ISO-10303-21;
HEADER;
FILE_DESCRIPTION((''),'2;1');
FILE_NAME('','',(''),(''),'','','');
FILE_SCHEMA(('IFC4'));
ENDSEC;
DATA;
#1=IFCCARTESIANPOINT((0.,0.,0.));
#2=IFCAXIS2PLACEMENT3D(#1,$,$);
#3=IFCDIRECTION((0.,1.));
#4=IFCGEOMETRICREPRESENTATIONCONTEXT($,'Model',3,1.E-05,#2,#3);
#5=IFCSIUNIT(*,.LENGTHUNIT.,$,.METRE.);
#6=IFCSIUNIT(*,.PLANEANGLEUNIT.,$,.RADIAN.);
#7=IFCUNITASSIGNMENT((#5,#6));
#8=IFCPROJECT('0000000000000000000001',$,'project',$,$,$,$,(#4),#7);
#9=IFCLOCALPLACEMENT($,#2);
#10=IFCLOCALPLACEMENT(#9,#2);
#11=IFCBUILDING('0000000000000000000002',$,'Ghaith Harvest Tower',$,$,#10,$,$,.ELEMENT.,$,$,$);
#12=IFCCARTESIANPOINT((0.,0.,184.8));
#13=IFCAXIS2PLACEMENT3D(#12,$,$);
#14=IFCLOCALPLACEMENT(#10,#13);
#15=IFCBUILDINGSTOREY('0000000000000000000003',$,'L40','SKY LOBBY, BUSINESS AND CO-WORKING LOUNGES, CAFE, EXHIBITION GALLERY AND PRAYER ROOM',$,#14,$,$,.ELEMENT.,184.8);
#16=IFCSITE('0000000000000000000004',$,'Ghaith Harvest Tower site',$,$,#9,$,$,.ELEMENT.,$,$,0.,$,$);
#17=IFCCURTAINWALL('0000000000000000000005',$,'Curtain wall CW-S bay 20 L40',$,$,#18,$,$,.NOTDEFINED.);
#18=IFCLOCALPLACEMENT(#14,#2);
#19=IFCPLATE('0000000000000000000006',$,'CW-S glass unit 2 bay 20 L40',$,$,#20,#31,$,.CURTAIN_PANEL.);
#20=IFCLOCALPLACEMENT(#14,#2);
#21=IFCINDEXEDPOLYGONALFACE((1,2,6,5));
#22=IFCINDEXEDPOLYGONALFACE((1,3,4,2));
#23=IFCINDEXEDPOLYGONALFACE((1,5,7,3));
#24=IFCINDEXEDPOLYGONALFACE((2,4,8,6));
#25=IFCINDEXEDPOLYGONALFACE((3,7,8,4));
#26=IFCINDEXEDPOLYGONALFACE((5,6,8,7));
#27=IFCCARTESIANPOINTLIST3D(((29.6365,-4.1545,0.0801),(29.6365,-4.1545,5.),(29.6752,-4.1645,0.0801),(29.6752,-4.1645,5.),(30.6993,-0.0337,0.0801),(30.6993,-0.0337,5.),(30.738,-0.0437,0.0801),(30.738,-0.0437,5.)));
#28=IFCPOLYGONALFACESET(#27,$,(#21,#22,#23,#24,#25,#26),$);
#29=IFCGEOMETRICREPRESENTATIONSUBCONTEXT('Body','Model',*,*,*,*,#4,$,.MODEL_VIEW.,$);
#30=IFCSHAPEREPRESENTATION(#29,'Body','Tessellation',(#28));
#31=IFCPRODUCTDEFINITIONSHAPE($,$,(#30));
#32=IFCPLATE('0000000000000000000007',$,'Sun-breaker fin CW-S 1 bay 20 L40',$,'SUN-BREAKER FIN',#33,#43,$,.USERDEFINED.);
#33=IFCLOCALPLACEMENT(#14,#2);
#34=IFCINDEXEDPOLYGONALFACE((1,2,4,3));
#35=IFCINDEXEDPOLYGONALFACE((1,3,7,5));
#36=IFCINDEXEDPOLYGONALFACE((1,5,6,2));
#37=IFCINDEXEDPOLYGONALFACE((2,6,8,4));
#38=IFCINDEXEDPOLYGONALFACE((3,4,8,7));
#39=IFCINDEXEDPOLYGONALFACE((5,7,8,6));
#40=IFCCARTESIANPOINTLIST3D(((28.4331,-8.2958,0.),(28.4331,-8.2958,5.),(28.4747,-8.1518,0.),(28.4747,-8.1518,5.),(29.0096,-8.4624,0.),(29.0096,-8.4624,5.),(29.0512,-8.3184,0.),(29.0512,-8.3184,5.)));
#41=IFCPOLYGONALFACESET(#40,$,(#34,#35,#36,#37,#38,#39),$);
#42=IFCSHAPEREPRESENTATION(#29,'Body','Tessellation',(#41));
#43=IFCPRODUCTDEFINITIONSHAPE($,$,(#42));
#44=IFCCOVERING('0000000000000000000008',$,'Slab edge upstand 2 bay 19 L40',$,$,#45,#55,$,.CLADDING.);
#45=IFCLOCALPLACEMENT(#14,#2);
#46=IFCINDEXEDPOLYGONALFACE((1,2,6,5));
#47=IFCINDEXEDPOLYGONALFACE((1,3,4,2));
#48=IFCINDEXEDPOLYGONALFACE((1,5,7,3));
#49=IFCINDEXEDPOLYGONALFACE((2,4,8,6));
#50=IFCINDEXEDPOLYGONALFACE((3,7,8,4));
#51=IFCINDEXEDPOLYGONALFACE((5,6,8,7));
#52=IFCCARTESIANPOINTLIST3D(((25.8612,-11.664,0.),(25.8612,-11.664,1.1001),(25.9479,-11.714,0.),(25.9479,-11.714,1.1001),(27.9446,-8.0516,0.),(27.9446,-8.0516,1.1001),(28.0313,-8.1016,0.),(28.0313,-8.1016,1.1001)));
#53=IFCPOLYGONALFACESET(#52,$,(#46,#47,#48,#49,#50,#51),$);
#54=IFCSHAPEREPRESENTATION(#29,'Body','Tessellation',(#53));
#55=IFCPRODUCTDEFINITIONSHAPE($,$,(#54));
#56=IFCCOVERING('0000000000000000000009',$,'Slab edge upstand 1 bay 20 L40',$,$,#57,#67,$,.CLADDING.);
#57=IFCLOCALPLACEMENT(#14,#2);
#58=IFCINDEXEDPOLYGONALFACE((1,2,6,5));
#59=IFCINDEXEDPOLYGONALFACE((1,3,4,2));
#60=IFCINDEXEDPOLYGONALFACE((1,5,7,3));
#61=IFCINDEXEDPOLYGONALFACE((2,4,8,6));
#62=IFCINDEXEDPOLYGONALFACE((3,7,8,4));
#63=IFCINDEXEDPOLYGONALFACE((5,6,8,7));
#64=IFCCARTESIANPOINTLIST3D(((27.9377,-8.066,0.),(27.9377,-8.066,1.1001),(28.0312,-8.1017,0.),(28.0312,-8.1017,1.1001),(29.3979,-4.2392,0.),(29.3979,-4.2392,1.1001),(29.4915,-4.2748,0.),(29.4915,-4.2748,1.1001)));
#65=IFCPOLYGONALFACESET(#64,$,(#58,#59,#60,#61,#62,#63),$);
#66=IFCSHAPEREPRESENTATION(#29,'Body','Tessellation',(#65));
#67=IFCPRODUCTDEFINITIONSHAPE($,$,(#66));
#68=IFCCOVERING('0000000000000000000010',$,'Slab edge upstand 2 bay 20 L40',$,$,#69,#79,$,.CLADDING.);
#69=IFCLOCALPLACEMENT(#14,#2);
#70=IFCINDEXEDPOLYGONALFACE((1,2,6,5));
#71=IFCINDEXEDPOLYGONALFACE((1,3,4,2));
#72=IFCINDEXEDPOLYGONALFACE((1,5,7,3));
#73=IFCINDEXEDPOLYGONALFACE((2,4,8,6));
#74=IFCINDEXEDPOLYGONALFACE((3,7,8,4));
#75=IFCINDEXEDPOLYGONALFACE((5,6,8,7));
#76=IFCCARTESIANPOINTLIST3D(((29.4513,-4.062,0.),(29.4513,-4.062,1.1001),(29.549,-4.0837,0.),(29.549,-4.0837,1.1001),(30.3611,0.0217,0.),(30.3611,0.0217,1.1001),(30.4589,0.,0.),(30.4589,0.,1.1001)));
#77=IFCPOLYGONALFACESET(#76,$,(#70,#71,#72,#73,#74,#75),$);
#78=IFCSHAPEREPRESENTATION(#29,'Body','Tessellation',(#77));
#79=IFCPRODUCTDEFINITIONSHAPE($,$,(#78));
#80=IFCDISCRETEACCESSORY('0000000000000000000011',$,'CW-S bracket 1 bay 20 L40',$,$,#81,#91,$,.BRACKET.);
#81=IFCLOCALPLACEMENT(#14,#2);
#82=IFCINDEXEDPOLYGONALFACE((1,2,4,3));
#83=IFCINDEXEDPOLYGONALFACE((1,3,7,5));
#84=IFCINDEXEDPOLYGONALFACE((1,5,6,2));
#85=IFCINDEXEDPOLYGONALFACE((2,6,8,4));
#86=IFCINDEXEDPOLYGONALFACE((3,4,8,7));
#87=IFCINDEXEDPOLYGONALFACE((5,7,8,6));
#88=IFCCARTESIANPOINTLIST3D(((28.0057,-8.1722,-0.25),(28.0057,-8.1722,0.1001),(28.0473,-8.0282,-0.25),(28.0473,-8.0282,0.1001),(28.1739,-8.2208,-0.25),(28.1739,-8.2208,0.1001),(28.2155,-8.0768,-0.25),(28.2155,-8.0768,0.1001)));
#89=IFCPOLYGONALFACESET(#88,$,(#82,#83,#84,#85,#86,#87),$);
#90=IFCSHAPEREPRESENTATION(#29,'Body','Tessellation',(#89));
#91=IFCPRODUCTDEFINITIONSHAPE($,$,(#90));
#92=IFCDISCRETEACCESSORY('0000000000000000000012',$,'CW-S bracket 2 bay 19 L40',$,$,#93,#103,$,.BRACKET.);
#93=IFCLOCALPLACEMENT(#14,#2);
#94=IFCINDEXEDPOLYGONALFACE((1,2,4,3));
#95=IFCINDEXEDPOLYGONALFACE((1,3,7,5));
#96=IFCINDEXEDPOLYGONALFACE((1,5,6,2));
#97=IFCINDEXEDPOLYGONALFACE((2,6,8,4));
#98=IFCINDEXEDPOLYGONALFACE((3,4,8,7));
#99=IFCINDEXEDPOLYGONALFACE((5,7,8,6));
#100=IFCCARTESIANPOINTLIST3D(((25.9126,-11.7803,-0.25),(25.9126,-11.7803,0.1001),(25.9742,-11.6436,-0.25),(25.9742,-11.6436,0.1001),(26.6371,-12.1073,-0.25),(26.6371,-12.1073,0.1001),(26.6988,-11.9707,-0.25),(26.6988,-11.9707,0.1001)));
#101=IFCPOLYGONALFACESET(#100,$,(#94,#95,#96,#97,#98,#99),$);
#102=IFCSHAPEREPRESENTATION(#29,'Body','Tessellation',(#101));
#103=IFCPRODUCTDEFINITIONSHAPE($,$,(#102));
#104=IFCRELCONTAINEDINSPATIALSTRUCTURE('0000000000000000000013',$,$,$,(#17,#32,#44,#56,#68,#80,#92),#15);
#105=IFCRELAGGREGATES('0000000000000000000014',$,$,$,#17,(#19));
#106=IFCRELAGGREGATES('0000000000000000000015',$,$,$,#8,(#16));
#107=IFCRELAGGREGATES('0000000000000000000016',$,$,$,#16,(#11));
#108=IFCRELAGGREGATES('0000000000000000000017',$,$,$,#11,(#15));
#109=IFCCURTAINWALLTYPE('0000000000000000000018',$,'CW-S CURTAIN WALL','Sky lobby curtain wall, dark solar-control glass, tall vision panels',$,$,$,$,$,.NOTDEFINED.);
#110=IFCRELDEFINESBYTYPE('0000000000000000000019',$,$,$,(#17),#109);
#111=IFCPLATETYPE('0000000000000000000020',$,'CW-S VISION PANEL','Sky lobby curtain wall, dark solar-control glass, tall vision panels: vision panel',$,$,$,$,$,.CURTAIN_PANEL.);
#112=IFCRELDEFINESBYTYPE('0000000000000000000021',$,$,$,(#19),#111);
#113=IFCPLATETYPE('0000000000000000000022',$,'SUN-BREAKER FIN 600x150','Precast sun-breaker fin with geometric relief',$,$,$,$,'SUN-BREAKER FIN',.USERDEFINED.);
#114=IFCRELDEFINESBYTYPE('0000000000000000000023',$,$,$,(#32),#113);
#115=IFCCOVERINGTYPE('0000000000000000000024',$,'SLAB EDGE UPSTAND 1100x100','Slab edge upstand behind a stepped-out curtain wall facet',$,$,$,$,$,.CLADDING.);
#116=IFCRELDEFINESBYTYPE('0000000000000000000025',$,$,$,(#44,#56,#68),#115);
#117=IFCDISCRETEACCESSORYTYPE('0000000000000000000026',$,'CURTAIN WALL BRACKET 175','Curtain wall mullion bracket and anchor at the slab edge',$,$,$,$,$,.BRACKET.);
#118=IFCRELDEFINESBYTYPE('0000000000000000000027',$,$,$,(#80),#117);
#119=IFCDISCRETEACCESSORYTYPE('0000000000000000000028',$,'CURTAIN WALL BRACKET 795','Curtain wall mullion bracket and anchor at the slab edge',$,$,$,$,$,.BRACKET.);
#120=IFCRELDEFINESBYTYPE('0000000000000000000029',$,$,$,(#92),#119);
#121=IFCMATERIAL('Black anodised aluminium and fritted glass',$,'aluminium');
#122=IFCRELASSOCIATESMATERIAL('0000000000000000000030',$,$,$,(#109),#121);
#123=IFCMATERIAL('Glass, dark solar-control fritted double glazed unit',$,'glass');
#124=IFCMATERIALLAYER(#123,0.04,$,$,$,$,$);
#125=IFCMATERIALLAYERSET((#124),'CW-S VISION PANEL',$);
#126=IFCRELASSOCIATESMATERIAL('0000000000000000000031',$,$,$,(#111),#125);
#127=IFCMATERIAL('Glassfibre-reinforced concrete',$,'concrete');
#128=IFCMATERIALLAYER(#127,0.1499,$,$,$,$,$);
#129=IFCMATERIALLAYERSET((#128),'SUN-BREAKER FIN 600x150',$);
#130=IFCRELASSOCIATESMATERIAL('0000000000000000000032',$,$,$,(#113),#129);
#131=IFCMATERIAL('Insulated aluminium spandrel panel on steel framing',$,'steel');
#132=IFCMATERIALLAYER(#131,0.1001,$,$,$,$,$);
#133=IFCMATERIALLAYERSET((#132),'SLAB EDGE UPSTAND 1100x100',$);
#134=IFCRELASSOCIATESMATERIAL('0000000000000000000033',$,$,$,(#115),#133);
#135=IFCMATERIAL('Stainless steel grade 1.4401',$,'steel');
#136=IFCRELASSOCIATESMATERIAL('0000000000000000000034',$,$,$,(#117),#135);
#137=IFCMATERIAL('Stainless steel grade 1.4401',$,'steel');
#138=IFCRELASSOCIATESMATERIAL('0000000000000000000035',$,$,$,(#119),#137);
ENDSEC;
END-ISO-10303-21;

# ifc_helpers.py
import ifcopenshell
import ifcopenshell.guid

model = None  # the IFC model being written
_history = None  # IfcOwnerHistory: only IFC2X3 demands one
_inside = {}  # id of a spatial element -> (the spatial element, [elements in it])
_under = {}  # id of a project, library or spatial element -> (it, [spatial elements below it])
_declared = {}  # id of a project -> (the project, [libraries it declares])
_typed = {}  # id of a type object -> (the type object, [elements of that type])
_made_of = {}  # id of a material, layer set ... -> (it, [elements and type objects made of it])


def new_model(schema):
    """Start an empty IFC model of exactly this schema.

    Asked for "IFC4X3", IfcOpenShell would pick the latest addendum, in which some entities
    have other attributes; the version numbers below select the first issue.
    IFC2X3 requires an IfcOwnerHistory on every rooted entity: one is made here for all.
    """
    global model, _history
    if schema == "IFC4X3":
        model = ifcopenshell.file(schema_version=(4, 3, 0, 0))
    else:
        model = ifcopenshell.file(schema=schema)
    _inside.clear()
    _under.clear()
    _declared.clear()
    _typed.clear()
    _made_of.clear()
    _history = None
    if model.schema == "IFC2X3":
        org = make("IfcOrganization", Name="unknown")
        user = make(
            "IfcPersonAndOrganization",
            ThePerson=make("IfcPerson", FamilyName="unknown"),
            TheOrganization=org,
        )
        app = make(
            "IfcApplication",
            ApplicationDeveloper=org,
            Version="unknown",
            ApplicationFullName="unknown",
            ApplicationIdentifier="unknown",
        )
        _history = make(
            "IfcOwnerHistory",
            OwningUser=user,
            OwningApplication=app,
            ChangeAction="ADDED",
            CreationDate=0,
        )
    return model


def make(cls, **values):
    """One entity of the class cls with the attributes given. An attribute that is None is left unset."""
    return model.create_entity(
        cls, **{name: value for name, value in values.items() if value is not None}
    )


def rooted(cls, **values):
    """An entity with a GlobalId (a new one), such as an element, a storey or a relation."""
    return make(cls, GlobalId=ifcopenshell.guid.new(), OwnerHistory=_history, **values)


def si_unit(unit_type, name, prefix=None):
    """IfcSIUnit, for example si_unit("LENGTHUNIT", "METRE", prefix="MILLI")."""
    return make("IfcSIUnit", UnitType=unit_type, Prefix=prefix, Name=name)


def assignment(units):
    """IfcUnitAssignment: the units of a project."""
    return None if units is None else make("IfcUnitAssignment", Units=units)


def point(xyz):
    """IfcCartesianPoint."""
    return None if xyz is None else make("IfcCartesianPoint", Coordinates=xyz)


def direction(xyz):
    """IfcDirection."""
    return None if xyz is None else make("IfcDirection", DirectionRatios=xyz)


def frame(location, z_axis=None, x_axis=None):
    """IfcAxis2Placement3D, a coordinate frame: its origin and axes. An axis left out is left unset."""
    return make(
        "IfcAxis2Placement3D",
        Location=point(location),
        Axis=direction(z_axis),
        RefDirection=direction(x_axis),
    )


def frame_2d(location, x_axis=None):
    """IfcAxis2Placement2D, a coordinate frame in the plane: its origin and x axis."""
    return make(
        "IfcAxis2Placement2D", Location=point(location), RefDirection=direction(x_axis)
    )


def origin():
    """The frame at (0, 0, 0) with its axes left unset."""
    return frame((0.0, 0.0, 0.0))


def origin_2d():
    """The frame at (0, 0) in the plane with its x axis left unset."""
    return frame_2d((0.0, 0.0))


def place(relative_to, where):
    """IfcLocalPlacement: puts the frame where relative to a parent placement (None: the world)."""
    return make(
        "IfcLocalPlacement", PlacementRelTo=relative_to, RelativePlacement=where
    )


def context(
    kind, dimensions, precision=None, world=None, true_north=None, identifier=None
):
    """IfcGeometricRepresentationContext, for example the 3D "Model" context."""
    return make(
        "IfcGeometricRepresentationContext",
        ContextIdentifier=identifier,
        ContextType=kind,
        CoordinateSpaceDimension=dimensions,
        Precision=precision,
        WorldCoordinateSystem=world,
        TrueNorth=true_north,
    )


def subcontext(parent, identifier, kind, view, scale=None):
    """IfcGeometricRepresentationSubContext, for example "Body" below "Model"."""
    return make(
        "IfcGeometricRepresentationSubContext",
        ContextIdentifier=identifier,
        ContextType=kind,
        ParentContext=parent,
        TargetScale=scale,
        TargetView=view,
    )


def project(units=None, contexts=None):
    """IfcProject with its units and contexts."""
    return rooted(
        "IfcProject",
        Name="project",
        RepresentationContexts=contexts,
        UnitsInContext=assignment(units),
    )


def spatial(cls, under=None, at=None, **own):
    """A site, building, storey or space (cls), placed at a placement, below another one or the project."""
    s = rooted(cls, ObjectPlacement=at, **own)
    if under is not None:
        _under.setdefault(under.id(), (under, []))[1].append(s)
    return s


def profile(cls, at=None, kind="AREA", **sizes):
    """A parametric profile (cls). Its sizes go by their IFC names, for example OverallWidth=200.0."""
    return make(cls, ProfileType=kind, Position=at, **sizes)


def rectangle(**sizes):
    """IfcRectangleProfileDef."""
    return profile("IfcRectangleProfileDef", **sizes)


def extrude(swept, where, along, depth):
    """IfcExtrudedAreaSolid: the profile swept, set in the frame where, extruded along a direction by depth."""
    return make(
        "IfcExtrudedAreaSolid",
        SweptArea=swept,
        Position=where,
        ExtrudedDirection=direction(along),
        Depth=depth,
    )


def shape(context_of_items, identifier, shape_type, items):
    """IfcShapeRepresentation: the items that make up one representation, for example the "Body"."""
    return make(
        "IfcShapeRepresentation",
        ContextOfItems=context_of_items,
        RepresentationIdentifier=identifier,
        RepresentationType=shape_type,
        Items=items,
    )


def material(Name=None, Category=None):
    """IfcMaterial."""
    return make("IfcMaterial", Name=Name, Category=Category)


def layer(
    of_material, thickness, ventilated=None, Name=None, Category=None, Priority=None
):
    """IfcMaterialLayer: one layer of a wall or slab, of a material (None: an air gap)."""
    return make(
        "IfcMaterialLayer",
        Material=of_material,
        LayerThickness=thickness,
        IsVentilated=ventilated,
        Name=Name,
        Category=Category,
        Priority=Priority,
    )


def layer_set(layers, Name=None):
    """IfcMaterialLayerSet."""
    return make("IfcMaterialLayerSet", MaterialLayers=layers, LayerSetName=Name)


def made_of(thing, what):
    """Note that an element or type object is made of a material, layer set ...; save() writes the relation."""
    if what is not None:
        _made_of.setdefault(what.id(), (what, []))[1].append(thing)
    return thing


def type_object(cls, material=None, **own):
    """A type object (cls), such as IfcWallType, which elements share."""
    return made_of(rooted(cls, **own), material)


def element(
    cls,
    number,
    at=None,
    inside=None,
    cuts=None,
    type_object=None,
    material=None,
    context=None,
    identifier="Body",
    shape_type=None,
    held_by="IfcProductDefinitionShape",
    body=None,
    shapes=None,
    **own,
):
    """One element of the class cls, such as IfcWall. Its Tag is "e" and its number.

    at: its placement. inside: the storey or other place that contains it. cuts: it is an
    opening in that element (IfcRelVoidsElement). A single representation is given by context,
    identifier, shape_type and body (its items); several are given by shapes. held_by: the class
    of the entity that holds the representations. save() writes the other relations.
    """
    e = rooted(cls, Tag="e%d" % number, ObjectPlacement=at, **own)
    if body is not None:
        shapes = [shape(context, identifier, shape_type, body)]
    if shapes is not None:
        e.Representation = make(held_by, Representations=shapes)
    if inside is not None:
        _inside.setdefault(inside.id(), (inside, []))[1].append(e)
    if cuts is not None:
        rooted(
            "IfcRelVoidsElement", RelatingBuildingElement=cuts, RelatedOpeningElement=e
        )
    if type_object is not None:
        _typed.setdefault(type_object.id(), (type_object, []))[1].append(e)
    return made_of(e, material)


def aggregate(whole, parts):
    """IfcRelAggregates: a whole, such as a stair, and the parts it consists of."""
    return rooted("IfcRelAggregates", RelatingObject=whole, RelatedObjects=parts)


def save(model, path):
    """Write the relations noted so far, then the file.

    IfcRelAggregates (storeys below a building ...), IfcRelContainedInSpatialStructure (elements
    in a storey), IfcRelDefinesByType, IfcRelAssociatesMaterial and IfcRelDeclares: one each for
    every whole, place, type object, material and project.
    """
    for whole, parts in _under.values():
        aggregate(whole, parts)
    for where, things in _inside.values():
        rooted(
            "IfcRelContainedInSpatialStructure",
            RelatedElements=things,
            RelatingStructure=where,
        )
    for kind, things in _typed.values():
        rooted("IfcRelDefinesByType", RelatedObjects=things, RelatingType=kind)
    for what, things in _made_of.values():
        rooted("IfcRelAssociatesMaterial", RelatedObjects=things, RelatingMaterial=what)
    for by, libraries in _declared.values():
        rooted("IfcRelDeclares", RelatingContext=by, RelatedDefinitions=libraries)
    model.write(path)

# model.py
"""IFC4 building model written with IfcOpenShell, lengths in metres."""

from ifc_helpers import new_model, si_unit, direction, frame, origin, origin_2d, place, context, subcontext, project, spatial, rectangle, extrude, material, layer, layer_set, type_object, element, aggregate, save


model = new_model("IFC4")

# Units and contexts
model_context = context("Model", 3, precision=1e-05, world=origin(), true_north=direction((0.0, 1.0)))
body_context = subcontext(model_context, "Body", "Model", "MODEL_VIEW")
ifc_project = project(units=[si_unit("LENGTHUNIT", "METRE"), si_unit("PLANEANGLEUNIT", "RADIAN")], contexts=[model_context])

# Site, building, storey
site_placement = place(None, origin())
site = spatial("IfcSite", under=ifc_project, at=site_placement, Name="Ghaith Harvest Tower site", CompositionType="ELEMENT", RefElevation=0.0)
building_placement = place(site_placement, origin())
building = spatial("IfcBuilding", under=site, at=building_placement, Name="Ghaith Harvest Tower", CompositionType="ELEMENT")
storey_placement = place(building_placement, frame((0.0, 0.0, 184.8)))
storey = spatial("IfcBuildingStorey", under=building, at=storey_placement, Name="L40", Description="SKY LOBBY, BUSINESS AND CO-WORKING LOUNGES, CAFE, EXHIBITION GALLERY AND PRAYER ROOM", CompositionType="ELEMENT", Elevation=184.8)

# Curtain wall
ifc_material_1 = material(Name="Black anodised aluminium and fritted glass", Category="aluminium")
curtain_wall_type = type_object("IfcCurtainWallType", Name="CW-S CURTAIN WALL", Description="Sky lobby curtain wall, dark solar-control glass, tall vision panels", PredefinedType="NOTDEFINED", material=ifc_material_1)
curtain_wall_1_placement = place(storey_placement, origin())
curtain_wall_1 = element("IfcCurtainWall", 1, at=curtain_wall_1_placement, inside=storey, type_object=curtain_wall_type, Name="Curtain wall CW-S bay 20 L40", PredefinedType="NOTDEFINED")

# Shared definitions
ifc_material_2 = material(Name="Glass, dark solar-control fritted double glazed unit", Category="glass")
ifc_layer_1 = layer(ifc_material_2, 0.04)
ifc_layer_set_1 = layer_set([ifc_layer_1], Name="CW-S VISION PANEL")
plate_type_1 = type_object("IfcPlateType", Name="CW-S VISION PANEL", Description="Sky lobby curtain wall, dark solar-control glass, tall vision panels: vision panel", PredefinedType="CURTAIN_PANEL", material=ifc_layer_set_1)

# Plates
plate_1_placement = place(storey_placement, frame((30.1873, -2.0991, 0.0801), z_axis=(0.0, 0.0, 1.0), x_axis=(0.249744, 0.968312, 0.0)))
plate_1 = element("IfcPlate", 2, at=plate_1_placement, type_object=plate_type_1, Name="CW-S glass unit 2 bay 20 L40", PredefinedType="CURTAIN_PANEL", context=body_context, shape_type="SweptSolid", body=[
    extrude(rectangle(XDim=4.2556, YDim=0.04, at=origin_2d()), origin(), (0.0, 0.0, 1.0), 4.9199),
])
aggregate(curtain_wall_1, [plate_1])
ifc_material_3 = material(Name="Glassfibre-reinforced concrete", Category="concrete")
ifc_layer_2 = layer(ifc_material_3, 0.1499)
ifc_layer_set_2 = layer_set([ifc_layer_2], Name="SUN-BREAKER FIN 600x150")
plate_type_2 = type_object("IfcPlateType", Name="SUN-BREAKER FIN 600x150", Description="Precast sun-breaker fin with geometric relief", ElementType="SUN-BREAKER FIN", PredefinedType="USERDEFINED", material=ifc_layer_set_2)
plate_2_placement = place(storey_placement, frame((28.7422, -8.3071, 0.0), z_axis=(0.0, 0.0, 1.0), x_axis=(0.96068, -0.277657, 0.0)))
element("IfcPlate", 3, at=plate_2_placement, inside=storey, type_object=plate_type_2, Name="Sun-breaker fin CW-S 1 bay 20 L40", ObjectType="SUN-BREAKER FIN", PredefinedType="USERDEFINED", context=body_context, shape_type="SweptSolid", body=[
    extrude(rectangle(XDim=0.6001, YDim=0.1499, at=origin_2d()), origin(), (0.0, 0.0, 1.0), 5.0),
])

# Coverings
ifc_material_4 = material(Name="Insulated aluminium spandrel panel on steel framing", Category="steel")
ifc_layer_3 = layer(ifc_material_4, 0.1001)
ifc_layer_set_3 = layer_set([ifc_layer_3], Name="SLAB EDGE UPSTAND 1100x100")
covering_type = type_object("IfcCoveringType", Name="SLAB EDGE UPSTAND 1100x100", Description="Slab edge upstand behind a stepped-out curtain wall facet", PredefinedType="CLADDING", material=ifc_layer_set_3)
covering_1_placement = place(storey_placement, frame((26.9463, -9.8828, 0.0), z_axis=(0.0, 0.0, 1.0), x_axis=(0.499596, 0.866258, 0.0)))
element("IfcCovering", 4, at=covering_1_placement, inside=storey, type_object=covering_type, Name="Slab edge upstand 2 bay 19 L40", PredefinedType="CLADDING", context=body_context, shape_type="SweptSolid", body=[
    extrude(rectangle(XDim=4.1702, YDim=0.1001, at=origin_2d()), origin(), (0.0, 0.0, 1.0), 1.1001),
])
covering_2_placement = place(storey_placement, frame((28.7146, -6.1704, 0.0), z_axis=(0.0, 0.0, 1.0), x_axis=(0.356504, 0.934294, 0.0)))
element("IfcCovering", 5, at=covering_2_placement, inside=storey, type_object=covering_type, Name="Slab edge upstand 1 bay 20 L40", PredefinedType="CLADDING", context=body_context, shape_type="SweptSolid", body=[
    extrude(rectangle(XDim=4.0959, YDim=0.1001, at=origin_2d()), origin(), (0.0, 0.0, 1.0), 1.1001),
])
covering_3_placement = place(storey_placement, frame((29.9551, -2.031, 0.0), z_axis=(0.0, 0.0, 1.0), x_axis=(0.217466, 0.976068, 0.0)))
element("IfcCovering", 6, at=covering_3_placement, inside=storey, type_object=covering_type, Name="Slab edge upstand 2 bay 20 L40", PredefinedType="CLADDING", context=body_context, shape_type="SweptSolid", body=[
    extrude(rectangle(XDim=4.1838, YDim=0.1001, at=origin_2d()), origin(), (0.0, 0.0, 1.0), 1.1001),
])

# Discrete accessories
ifc_material_5 = material(Name="Stainless steel grade 1.4401", Category="steel")
discrete_accessory_type_1 = type_object("IfcDiscreteAccessoryType", Name="CURTAIN WALL BRACKET 175", Description="Curtain wall mullion bracket and anchor at the slab edge", PredefinedType="BRACKET", material=ifc_material_5)
discrete_accessory_1_placement = place(storey_placement, frame((28.1106, -8.1245, -0.25), z_axis=(0.0, 0.0, 1.0), x_axis=(0.96068, -0.277657, 0.0)))
element("IfcDiscreteAccessory", 7, at=discrete_accessory_1_placement, inside=storey, type_object=discrete_accessory_type_1, Name="CW-S bracket 1 bay 20 L40", PredefinedType="BRACKET", context=body_context, shape_type="SweptSolid", body=[
    extrude(rectangle(XDim=0.175, YDim=0.1499, at=origin_2d()), origin(), (0.0, 0.0, 1.0), 0.3501),
])
ifc_material_6 = material(Name="Stainless steel grade 1.4401", Category="steel")
discrete_accessory_type_2 = type_object("IfcDiscreteAccessoryType", Name="CURTAIN WALL BRACKET 795", Description="Curtain wall mullion bracket and anchor at the slab edge", PredefinedType="BRACKET", material=ifc_material_6)
discrete_accessory_2_placement = place(storey_placement, frame((26.3057, -11.8755, -0.25), z_axis=(0.0, 0.0, 1.0), x_axis=(0.911427, -0.411462, 0.0)))
element("IfcDiscreteAccessory", 8, at=discrete_accessory_2_placement, inside=storey, type_object=discrete_accessory_type_2, Name="CW-S bracket 2 bay 19 L40", PredefinedType="BRACKET", context=body_context, shape_type="SweptSolid", body=[
    extrude(rectangle(XDim=0.7949, YDim=0.1499, at=origin_2d()), origin(), (0.0, 0.0, 1.0), 0.3501),
])

save(model, "model.ifc")
